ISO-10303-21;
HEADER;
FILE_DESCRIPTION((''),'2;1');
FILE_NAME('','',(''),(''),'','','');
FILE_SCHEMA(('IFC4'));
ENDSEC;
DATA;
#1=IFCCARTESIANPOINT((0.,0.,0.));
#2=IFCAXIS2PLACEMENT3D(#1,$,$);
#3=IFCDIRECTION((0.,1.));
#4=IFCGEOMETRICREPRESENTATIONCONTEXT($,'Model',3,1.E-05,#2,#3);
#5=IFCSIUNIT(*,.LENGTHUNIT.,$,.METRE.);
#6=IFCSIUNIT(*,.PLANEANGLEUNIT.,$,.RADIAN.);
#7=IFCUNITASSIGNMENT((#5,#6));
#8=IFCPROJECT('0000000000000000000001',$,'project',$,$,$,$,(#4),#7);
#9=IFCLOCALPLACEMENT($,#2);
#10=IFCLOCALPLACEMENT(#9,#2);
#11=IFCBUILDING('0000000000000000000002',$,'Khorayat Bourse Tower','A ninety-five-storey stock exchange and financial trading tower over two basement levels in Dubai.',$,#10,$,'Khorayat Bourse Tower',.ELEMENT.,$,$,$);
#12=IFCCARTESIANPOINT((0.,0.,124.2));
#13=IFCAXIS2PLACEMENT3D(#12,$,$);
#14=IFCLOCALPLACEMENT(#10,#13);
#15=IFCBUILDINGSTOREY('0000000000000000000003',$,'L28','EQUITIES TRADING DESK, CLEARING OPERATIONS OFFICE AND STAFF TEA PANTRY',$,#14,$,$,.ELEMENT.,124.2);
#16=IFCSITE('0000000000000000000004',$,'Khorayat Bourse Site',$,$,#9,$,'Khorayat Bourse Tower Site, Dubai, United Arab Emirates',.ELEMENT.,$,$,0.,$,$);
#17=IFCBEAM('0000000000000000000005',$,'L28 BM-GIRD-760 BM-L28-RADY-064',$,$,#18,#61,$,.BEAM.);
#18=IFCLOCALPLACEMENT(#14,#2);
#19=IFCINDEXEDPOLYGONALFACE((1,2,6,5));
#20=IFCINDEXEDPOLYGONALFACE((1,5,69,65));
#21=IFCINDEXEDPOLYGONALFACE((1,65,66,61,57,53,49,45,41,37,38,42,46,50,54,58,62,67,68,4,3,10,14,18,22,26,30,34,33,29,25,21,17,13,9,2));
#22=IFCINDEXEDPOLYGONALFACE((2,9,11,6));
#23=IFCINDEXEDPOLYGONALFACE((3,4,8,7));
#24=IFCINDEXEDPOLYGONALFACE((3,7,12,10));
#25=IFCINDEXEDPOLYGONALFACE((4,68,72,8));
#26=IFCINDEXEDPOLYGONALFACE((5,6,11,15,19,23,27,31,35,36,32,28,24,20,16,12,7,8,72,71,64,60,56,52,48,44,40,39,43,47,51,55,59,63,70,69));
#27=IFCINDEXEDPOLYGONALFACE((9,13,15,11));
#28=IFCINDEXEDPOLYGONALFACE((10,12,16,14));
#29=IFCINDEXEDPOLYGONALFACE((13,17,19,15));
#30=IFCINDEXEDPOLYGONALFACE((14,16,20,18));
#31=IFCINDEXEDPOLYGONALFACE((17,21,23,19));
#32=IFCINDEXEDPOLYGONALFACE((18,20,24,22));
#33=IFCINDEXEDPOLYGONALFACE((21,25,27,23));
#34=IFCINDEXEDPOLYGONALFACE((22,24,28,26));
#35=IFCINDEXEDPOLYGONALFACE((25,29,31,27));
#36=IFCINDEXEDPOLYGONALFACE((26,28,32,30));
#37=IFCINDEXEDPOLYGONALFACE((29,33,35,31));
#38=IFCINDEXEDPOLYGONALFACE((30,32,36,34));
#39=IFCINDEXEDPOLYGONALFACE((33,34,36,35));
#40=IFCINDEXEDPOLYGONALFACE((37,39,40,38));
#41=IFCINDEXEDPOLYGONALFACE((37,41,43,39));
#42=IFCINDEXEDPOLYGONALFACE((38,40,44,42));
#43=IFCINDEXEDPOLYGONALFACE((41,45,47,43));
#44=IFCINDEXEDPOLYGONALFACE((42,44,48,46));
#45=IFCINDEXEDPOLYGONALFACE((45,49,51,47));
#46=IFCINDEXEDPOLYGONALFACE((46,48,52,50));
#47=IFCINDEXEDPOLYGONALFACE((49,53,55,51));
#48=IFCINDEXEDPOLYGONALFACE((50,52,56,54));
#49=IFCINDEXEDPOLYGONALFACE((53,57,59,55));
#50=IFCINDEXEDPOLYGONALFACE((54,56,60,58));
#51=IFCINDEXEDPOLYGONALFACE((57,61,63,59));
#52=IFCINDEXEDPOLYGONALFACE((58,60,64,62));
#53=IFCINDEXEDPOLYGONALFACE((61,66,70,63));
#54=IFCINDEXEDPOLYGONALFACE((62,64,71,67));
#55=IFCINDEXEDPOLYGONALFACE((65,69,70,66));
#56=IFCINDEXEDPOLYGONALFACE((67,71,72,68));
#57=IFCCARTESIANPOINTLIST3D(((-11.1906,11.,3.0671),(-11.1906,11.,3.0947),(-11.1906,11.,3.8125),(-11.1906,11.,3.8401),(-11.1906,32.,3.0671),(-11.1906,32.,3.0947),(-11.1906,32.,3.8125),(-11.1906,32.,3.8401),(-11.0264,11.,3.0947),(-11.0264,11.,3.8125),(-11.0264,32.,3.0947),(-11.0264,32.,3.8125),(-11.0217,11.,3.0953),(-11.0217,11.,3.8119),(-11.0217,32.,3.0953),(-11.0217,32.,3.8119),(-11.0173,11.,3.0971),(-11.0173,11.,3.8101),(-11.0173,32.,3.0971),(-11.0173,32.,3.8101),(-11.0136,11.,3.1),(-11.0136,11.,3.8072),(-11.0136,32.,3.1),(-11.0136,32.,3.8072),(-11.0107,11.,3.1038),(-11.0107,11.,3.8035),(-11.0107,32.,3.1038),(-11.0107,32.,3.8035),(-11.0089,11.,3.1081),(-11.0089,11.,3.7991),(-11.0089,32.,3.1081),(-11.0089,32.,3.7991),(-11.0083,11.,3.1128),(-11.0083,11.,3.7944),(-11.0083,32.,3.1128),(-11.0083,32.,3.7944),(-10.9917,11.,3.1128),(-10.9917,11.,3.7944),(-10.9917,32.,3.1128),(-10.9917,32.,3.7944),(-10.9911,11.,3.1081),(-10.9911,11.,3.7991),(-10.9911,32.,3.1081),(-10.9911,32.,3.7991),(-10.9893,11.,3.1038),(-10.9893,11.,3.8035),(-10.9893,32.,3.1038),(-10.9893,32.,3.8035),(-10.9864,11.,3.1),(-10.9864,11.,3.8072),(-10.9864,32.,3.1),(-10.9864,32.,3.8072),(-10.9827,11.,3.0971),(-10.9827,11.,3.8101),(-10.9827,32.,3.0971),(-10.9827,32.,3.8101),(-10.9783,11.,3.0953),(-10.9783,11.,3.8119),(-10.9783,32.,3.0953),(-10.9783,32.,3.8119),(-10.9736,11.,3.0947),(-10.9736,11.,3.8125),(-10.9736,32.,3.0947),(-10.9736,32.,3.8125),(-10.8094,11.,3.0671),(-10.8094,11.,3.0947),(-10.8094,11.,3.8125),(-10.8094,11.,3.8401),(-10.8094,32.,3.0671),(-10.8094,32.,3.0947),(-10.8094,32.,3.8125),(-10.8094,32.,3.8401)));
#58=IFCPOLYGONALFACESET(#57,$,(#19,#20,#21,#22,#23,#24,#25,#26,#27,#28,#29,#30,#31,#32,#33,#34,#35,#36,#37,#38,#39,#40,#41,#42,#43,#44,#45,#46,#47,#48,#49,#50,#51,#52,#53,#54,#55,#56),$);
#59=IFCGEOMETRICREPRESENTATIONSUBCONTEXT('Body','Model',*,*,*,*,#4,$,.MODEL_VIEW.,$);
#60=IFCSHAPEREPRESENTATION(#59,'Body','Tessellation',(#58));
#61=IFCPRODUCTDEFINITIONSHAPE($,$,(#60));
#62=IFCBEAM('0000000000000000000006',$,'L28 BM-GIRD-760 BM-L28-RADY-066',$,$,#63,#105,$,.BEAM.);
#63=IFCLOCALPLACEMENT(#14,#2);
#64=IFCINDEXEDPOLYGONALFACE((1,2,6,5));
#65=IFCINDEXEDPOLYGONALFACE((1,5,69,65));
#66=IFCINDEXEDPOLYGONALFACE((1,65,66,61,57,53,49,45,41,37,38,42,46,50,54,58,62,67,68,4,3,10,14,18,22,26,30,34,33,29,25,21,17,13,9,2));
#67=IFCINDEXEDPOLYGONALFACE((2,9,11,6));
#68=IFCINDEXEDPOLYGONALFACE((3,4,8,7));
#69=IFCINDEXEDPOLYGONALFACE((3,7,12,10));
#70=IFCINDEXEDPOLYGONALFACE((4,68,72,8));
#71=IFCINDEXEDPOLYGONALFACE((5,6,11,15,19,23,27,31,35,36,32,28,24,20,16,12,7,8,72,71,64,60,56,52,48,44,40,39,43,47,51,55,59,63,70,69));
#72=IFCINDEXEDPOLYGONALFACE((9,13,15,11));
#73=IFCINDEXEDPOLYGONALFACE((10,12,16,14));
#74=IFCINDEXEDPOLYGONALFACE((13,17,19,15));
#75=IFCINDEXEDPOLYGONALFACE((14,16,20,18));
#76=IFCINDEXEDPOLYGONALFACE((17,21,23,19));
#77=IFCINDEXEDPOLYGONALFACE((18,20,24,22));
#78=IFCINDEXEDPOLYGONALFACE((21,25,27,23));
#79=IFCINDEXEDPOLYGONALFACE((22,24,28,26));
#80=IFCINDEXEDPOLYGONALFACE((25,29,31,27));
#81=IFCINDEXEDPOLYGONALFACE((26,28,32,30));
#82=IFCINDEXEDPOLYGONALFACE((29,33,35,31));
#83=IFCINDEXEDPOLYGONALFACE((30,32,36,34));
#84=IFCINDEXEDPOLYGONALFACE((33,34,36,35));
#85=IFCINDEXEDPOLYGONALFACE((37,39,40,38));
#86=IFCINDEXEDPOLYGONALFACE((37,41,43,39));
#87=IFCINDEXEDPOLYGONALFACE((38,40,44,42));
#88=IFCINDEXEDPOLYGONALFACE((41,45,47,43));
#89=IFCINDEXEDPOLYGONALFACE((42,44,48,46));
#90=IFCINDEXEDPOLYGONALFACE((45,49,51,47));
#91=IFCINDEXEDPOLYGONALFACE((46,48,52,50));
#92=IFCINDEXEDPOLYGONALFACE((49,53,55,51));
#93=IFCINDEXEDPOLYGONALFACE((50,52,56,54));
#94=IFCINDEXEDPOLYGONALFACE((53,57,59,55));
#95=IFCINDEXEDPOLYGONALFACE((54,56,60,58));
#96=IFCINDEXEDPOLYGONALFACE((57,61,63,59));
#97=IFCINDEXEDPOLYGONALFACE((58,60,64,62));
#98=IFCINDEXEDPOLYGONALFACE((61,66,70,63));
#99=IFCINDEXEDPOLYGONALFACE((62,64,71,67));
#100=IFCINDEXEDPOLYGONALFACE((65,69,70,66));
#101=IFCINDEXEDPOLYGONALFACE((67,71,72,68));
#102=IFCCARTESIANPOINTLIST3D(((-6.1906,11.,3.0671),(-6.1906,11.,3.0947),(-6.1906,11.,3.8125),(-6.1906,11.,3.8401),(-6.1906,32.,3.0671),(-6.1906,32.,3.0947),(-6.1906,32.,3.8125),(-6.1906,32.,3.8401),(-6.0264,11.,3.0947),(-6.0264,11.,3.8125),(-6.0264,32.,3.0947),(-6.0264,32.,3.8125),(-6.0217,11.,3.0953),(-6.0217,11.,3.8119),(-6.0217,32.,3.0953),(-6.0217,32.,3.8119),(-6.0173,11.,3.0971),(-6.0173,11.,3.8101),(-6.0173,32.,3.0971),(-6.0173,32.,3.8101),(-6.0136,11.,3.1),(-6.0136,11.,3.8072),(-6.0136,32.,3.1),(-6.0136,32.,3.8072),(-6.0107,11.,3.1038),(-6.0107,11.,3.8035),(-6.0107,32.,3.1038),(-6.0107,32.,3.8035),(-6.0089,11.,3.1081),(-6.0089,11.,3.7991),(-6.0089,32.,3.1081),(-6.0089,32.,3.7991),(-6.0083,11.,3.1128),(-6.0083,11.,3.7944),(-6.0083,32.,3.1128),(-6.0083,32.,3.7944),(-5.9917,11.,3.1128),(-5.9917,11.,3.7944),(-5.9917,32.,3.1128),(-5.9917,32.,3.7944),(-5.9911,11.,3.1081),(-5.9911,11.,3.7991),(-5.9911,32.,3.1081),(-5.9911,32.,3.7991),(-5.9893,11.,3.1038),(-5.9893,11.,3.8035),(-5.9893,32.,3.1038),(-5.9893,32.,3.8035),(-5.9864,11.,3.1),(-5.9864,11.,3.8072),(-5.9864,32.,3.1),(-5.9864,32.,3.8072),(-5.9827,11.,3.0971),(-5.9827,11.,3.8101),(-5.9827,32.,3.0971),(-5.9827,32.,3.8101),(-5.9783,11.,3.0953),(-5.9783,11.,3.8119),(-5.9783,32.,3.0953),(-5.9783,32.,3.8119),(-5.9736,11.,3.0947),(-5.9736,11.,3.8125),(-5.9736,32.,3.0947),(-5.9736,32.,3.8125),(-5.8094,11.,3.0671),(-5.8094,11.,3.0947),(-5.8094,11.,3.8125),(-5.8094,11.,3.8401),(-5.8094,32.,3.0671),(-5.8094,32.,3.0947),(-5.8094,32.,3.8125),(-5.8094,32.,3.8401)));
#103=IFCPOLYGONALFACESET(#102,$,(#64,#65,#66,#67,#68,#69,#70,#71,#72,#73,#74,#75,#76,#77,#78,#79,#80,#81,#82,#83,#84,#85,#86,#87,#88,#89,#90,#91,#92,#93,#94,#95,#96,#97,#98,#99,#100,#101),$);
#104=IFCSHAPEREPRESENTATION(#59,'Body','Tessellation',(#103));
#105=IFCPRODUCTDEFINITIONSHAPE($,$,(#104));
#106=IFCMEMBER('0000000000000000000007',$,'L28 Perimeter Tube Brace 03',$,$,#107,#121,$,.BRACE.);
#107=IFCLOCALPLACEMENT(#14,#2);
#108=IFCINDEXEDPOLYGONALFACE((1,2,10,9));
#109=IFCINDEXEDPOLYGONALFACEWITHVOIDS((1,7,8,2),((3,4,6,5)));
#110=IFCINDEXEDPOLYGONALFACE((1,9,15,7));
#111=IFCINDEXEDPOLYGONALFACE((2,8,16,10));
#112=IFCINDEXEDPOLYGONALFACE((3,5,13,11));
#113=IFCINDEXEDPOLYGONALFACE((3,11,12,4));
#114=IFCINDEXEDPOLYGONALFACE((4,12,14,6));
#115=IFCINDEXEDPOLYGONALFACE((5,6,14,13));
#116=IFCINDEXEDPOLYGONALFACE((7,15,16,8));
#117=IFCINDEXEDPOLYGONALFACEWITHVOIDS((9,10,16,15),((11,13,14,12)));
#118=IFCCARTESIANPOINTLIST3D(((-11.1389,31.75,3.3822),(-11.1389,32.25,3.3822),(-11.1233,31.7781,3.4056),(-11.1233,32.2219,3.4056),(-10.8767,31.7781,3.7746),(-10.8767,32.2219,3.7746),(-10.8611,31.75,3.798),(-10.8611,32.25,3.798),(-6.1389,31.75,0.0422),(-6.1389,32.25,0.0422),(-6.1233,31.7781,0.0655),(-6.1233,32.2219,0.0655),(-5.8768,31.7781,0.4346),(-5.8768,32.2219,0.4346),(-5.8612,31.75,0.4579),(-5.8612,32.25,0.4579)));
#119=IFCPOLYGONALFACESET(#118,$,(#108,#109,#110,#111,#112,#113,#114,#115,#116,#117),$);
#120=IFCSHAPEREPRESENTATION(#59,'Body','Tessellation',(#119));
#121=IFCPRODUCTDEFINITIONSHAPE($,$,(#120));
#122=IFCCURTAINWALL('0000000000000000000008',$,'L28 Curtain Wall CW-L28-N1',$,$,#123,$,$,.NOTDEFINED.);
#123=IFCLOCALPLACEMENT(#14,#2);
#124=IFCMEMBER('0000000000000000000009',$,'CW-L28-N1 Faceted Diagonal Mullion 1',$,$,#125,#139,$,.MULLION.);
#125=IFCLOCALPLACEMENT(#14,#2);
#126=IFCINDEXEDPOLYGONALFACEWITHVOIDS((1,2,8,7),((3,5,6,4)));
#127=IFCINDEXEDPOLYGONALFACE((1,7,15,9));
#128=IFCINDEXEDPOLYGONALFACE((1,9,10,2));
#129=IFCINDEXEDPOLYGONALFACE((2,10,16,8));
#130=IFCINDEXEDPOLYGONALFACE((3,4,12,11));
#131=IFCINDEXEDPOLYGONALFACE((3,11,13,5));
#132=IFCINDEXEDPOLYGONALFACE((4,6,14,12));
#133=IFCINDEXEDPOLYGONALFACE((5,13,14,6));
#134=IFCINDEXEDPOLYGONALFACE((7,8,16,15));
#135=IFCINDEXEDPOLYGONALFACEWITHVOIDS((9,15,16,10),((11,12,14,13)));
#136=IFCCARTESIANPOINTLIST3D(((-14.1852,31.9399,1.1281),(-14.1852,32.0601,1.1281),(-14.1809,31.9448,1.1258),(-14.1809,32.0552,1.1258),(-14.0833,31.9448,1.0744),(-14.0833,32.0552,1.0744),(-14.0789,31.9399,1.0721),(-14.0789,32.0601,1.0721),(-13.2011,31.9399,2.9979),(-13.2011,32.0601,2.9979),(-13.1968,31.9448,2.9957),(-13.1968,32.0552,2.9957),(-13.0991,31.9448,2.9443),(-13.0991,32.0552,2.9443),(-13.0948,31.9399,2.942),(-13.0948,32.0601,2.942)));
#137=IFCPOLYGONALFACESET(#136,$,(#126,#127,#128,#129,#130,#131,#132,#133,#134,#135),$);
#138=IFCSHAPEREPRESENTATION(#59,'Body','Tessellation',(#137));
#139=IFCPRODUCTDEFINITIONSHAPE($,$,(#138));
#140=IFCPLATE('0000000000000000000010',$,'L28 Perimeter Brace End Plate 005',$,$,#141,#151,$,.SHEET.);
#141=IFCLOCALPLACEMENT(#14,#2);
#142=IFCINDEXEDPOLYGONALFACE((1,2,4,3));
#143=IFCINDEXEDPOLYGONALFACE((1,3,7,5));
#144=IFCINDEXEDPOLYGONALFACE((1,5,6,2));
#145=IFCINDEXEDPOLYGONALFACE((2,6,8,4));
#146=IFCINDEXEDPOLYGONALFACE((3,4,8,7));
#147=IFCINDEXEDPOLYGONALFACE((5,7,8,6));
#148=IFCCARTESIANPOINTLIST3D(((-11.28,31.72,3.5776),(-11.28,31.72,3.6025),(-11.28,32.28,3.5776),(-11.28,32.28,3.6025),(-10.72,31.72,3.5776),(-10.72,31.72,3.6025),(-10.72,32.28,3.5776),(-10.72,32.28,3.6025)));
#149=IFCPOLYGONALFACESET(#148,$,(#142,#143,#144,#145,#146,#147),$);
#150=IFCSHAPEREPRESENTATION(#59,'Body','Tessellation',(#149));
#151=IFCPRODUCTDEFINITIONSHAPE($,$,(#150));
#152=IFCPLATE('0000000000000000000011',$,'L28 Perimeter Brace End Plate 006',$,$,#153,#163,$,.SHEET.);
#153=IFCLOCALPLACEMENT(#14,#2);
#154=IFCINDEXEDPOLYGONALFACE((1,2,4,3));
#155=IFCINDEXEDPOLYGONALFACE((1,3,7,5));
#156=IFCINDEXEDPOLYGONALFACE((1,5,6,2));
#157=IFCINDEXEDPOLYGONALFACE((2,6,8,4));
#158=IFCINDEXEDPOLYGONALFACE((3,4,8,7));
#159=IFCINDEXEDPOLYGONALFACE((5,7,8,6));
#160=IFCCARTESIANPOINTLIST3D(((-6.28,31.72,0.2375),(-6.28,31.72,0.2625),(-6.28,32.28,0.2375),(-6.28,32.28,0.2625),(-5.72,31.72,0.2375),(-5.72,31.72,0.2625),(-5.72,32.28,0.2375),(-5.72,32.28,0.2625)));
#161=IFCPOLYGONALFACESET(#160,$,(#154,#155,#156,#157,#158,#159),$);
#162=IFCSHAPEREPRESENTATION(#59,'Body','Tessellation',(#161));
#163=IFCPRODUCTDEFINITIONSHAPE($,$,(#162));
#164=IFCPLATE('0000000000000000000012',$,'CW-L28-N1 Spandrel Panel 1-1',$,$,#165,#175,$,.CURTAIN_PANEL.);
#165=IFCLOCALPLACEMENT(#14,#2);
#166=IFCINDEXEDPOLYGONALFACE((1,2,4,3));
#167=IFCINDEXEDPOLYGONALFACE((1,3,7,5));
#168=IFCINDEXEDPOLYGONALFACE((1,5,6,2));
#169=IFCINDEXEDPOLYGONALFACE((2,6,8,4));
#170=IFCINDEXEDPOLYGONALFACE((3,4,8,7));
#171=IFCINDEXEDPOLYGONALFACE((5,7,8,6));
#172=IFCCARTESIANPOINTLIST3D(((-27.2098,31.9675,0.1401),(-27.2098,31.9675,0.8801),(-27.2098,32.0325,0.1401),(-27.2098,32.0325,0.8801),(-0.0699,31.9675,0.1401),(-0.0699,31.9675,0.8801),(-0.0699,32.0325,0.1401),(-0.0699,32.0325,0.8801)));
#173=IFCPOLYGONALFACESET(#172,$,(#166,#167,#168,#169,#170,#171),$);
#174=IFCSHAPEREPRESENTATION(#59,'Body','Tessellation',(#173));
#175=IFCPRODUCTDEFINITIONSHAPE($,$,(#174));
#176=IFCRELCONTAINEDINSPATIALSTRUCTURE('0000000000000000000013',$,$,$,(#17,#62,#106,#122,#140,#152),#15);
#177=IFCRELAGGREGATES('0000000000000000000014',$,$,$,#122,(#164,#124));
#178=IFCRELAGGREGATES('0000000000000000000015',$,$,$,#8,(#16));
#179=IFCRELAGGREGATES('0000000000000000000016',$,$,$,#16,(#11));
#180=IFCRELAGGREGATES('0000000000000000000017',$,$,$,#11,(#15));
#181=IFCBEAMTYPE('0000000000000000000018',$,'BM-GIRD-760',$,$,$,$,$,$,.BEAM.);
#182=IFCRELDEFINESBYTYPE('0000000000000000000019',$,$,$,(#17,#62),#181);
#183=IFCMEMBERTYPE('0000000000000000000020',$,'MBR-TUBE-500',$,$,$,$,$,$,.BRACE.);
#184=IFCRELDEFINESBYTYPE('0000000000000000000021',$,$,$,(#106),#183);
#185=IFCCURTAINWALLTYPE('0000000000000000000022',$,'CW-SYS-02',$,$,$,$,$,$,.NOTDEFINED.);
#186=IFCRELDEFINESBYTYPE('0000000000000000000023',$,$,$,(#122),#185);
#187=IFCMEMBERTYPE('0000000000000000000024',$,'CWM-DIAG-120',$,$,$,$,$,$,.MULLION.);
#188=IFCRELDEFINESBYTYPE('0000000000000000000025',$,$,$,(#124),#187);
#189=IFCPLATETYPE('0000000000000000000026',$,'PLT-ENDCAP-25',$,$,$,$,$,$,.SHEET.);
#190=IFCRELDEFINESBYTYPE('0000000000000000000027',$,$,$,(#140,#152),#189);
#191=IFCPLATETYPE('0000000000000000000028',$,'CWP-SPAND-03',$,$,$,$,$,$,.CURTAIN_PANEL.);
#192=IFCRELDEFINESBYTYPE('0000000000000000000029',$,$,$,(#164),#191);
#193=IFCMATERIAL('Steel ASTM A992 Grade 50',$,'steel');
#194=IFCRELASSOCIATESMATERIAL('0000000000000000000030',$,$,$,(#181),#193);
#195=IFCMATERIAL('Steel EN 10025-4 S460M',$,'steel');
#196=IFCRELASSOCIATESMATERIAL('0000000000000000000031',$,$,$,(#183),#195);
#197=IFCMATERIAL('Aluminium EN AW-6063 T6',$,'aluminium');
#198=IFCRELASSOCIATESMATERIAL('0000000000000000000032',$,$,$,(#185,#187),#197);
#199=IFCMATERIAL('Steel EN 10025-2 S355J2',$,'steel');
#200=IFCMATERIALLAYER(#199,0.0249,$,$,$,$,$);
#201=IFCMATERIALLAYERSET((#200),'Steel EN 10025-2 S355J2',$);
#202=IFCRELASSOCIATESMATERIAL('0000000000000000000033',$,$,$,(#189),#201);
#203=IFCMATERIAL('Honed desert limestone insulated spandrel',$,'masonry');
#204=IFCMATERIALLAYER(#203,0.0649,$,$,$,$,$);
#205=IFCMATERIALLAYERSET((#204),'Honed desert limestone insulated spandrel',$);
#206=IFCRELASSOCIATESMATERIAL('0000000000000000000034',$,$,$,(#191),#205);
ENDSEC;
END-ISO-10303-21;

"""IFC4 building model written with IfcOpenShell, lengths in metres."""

from ifc_helpers import new_model, si_unit, direction, frame, origin, origin_2d, place, context, subcontext, project, spatial, rectangle, hollow_rectangle, i_section, extrude, source, transform, mapped, material, layer, layer_set, material_profile, profile_set, type_object, element, aggregate, save


model = new_model("IFC4")

# Units and contexts
model_context = context("Model", 3, precision=1e-05, world=origin(), true_north=direction((0.0, 1.0)))
body_context = subcontext(model_context, "Body", "Model", "MODEL_VIEW")
ifc_project = project(units=[si_unit("LENGTHUNIT", "METRE"), si_unit("PLANEANGLEUNIT", "RADIAN")], contexts=[model_context])

# Site, building, storey
site_placement = place(None, origin())
site = spatial("IfcSite", under=ifc_project, at=site_placement, Name="Khorayat Bourse Site", LongName="Khorayat Bourse Tower Site, Dubai, United Arab Emirates", CompositionType="ELEMENT", RefElevation=0.0)
building_placement = place(site_placement, origin())
building = spatial("IfcBuilding", under=site, at=building_placement, Name="Khorayat Bourse Tower", Description="A ninety-five-storey stock exchange and financial trading tower over two basement levels in Dubai.", LongName="Khorayat Bourse Tower", CompositionType="ELEMENT")
storey_placement = place(building_placement, frame((0.0, 0.0, 124.2)))
storey = spatial("IfcBuildingStorey", under=building, at=storey_placement, Name="L28", Description="EQUITIES TRADING DESK, CLEARING OPERATIONS OFFICE AND STAFF TEA PANTRY", CompositionType="ELEMENT", Elevation=124.2)

# Shared definitions
ifc_material_1 = material(Name="Steel EN 10025-4 S460M", Category="steel")

# Beams
ifc_material_2 = material(Name="Steel ASTM A992 Grade 50", Category="steel")
ifc_material_profile_1 = material_profile(ifc_material_2, i_section(OverallWidth=0.3811, OverallDepth=0.7729, WebThickness=0.0166, FlangeThickness=0.0276, FilletRadius=0.0181, at=origin_2d()), Name="W760X257")
ifc_profile_set_1 = profile_set([ifc_material_profile_1], Name="Steel ASTM A992 Grade 50")
beam_type_1 = type_object("IfcBeamType", Name="BM-GIRD-760", PredefinedType="BEAM", material=ifc_profile_set_1)
shared_shape_1 = source(origin(), body_context, "Body", "SweptSolid", [
    extrude(i_section(OverallWidth=0.3811, OverallDepth=0.7729, WebThickness=0.0166, FlangeThickness=0.0276, FilletRadius=0.0181, at=origin_2d()), origin(), (0.0, 0.0, 1.0), 21.0),
])
for number, where, z_axis, x_axis, name in (
    (1, (-11.0, 11.0, 3.4536), (0.0, 1.0, 0.0), (-1.0, 0.0, 0.0), "L28 BM-GIRD-760 BM-L28-RADY-064"),
    (2, (-6.0, 11.0, 3.4536), (0.0, 1.0, 0.0), (-1.0, 0.0, 0.0), "L28 BM-GIRD-760 BM-L28-RADY-066"),
):
    element("IfcBeam", number, at=place(storey_placement, frame(where, z_axis=z_axis, x_axis=x_axis)), inside=storey, type_object=beam_type_1, Name=name, PredefinedType="BEAM", context=body_context, shape_type="MappedRepresentation", body=[
        mapped(shared_shape_1, transform((0.0, 0.0, 0.0), scale=1.0)),
    ])

# Member
ifc_material_profile_2 = material_profile(ifc_material_1, hollow_rectangle(XDim=0.5, YDim=0.5, WallThickness=0.0281, at=origin_2d()), Name="HSS 500x500x28")
ifc_profile_set_2 = profile_set([ifc_material_profile_2], Name="Steel EN 10025-4 S460M")
member_type_1 = type_object("IfcMemberType", Name="MBR-TUBE-500", PredefinedType="BRACE", material=ifc_profile_set_2)
shared_shape_2 = source(origin(), body_context, "Body", "SweptSolid", [
    extrude(hollow_rectangle(XDim=0.5, YDim=0.5, WallThickness=0.0281, at=origin_2d()), origin(), (0.0, 0.0, 1.0), 6.0129),
])
member_1_placement = place(storey_placement, frame((-11.0, 32.0, 3.5901), z_axis=(0.831531, 0.0, -0.555478), x_axis=(0.0, 1.0, 0.0)))
element("IfcMember", 3, at=member_1_placement, inside=storey, type_object=member_type_1, Name="L28 Perimeter Tube Brace 03", PredefinedType="BRACE", context=body_context, shape_type="MappedRepresentation", body=[
    mapped(shared_shape_2, transform((0.0, 0.0, 0.0), scale=1.0)),
])

# Curtain wall, member
ifc_material_3 = material(Name="Aluminium EN AW-6063 T6", Category="aluminium")
curtain_wall_type = type_object("IfcCurtainWallType", Name="CW-SYS-02", PredefinedType="NOTDEFINED", material=ifc_material_3)
curtain_wall_placement = place(storey_placement, origin())
curtain_wall = element("IfcCurtainWall", 4, at=curtain_wall_placement, inside=storey, type_object=curtain_wall_type, Name="L28 Curtain Wall CW-L28-N1", PredefinedType="NOTDEFINED")
ifc_material_profile_3 = material_profile(ifc_material_3, hollow_rectangle(XDim=0.1201, YDim=0.1201, WallThickness=0.0049, at=origin_2d()), Name="ALU 120x120x5")
ifc_profile_set_3 = profile_set([ifc_material_profile_3], Name="Aluminium EN AW-6063 T6")
member_type_2 = type_object("IfcMemberType", Name="CWM-DIAG-120", PredefinedType="MULLION", material=ifc_profile_set_3)
shared_shape_3 = source(origin(), body_context, "Body", "SweptSolid", [
    extrude(hollow_rectangle(XDim=0.1201, YDim=0.1201, WallThickness=0.0049, at=origin_2d()), origin(), (0.0, 0.0, 1.0), 2.113),
])
member_2_placement = place(storey_placement, frame((-14.1321, 32.0, 1.1001), z_axis=(0.465742, 0.0, 0.884921), x_axis=(0.0, 1.0, 0.0)))
member_2 = element("IfcMember", 5, at=member_2_placement, type_object=member_type_2, Name="CW-L28-N1 Faceted Diagonal Mullion 1", PredefinedType="MULLION", context=body_context, shape_type="MappedRepresentation", body=[
    mapped(shared_shape_3, transform((0.0, 0.0, 0.0), scale=1.0)),
])

# Plates
ifc_material_4 = material(Name="Steel EN 10025-2 S355J2", Category="steel")
ifc_layer_1 = layer(ifc_material_4, 0.0249)
ifc_layer_set_1 = layer_set([ifc_layer_1], Name="Steel EN 10025-2 S355J2")
plate_type_1 = type_object("IfcPlateType", Name="PLT-ENDCAP-25", PredefinedType="SHEET", material=ifc_layer_set_1)
shared_shape_4 = source(origin(), body_context, "Body", "SweptSolid", [
    extrude(rectangle(XDim=0.5601, YDim=0.5601, at=origin_2d()), origin(), (0.0, 0.0, 1.0), 0.0249),
])
for number, where, z_axis, x_axis, name in (
    (6, (-11.0, 32.0, 3.5776), (0.0, 0.0, 1.0), (1.0, 0.0, 0.0), "L28 Perimeter Brace End Plate 005"),
    (7, (-6.0, 32.0, 0.2375), (0.0, 0.0, 1.0), (1.0, 0.0, 0.0), "L28 Perimeter Brace End Plate 006"),
):
    element("IfcPlate", number, at=place(storey_placement, frame(where, z_axis=z_axis, x_axis=x_axis)), inside=storey, type_object=plate_type_1, Name=name, PredefinedType="SHEET", context=body_context, shape_type="MappedRepresentation", body=[
        mapped(shared_shape_4, transform((0.0, 0.0, 0.0), scale=1.0)),
    ])

# Plate
ifc_material_5 = material(Name="Honed desert limestone insulated spandrel", Category="masonry")
ifc_layer_2 = layer(ifc_material_5, 0.0649)
ifc_layer_set_2 = layer_set([ifc_layer_2], Name="Honed desert limestone insulated spandrel")
plate_type_2 = type_object("IfcPlateType", Name="CWP-SPAND-03", PredefinedType="CURTAIN_PANEL", material=ifc_layer_set_2)
shared_shape_5 = source(origin(), body_context, "Body", "SweptSolid", [
    extrude(rectangle(XDim=27.1399, YDim=0.0649, at=origin_2d()), origin(), (0.0, 0.0, 1.0), 0.74),
])
plate_1_placement = place(storey_placement, frame((-13.6399, 32.0, 0.1401), z_axis=(0.0, 0.0, 1.0), x_axis=(1.0, 0.0, 0.0)))
plate_1 = element("IfcPlate", 8, at=plate_1_placement, type_object=plate_type_2, Name="CW-L28-N1 Spandrel Panel 1-1", PredefinedType="CURTAIN_PANEL", context=body_context, shape_type="MappedRepresentation", body=[
    mapped(shared_shape_5, transform((0.0, 0.0, 0.0), scale=1.0)),
])
aggregate(curtain_wall, [plate_1, member_2])

save(model, "model.ifc")
